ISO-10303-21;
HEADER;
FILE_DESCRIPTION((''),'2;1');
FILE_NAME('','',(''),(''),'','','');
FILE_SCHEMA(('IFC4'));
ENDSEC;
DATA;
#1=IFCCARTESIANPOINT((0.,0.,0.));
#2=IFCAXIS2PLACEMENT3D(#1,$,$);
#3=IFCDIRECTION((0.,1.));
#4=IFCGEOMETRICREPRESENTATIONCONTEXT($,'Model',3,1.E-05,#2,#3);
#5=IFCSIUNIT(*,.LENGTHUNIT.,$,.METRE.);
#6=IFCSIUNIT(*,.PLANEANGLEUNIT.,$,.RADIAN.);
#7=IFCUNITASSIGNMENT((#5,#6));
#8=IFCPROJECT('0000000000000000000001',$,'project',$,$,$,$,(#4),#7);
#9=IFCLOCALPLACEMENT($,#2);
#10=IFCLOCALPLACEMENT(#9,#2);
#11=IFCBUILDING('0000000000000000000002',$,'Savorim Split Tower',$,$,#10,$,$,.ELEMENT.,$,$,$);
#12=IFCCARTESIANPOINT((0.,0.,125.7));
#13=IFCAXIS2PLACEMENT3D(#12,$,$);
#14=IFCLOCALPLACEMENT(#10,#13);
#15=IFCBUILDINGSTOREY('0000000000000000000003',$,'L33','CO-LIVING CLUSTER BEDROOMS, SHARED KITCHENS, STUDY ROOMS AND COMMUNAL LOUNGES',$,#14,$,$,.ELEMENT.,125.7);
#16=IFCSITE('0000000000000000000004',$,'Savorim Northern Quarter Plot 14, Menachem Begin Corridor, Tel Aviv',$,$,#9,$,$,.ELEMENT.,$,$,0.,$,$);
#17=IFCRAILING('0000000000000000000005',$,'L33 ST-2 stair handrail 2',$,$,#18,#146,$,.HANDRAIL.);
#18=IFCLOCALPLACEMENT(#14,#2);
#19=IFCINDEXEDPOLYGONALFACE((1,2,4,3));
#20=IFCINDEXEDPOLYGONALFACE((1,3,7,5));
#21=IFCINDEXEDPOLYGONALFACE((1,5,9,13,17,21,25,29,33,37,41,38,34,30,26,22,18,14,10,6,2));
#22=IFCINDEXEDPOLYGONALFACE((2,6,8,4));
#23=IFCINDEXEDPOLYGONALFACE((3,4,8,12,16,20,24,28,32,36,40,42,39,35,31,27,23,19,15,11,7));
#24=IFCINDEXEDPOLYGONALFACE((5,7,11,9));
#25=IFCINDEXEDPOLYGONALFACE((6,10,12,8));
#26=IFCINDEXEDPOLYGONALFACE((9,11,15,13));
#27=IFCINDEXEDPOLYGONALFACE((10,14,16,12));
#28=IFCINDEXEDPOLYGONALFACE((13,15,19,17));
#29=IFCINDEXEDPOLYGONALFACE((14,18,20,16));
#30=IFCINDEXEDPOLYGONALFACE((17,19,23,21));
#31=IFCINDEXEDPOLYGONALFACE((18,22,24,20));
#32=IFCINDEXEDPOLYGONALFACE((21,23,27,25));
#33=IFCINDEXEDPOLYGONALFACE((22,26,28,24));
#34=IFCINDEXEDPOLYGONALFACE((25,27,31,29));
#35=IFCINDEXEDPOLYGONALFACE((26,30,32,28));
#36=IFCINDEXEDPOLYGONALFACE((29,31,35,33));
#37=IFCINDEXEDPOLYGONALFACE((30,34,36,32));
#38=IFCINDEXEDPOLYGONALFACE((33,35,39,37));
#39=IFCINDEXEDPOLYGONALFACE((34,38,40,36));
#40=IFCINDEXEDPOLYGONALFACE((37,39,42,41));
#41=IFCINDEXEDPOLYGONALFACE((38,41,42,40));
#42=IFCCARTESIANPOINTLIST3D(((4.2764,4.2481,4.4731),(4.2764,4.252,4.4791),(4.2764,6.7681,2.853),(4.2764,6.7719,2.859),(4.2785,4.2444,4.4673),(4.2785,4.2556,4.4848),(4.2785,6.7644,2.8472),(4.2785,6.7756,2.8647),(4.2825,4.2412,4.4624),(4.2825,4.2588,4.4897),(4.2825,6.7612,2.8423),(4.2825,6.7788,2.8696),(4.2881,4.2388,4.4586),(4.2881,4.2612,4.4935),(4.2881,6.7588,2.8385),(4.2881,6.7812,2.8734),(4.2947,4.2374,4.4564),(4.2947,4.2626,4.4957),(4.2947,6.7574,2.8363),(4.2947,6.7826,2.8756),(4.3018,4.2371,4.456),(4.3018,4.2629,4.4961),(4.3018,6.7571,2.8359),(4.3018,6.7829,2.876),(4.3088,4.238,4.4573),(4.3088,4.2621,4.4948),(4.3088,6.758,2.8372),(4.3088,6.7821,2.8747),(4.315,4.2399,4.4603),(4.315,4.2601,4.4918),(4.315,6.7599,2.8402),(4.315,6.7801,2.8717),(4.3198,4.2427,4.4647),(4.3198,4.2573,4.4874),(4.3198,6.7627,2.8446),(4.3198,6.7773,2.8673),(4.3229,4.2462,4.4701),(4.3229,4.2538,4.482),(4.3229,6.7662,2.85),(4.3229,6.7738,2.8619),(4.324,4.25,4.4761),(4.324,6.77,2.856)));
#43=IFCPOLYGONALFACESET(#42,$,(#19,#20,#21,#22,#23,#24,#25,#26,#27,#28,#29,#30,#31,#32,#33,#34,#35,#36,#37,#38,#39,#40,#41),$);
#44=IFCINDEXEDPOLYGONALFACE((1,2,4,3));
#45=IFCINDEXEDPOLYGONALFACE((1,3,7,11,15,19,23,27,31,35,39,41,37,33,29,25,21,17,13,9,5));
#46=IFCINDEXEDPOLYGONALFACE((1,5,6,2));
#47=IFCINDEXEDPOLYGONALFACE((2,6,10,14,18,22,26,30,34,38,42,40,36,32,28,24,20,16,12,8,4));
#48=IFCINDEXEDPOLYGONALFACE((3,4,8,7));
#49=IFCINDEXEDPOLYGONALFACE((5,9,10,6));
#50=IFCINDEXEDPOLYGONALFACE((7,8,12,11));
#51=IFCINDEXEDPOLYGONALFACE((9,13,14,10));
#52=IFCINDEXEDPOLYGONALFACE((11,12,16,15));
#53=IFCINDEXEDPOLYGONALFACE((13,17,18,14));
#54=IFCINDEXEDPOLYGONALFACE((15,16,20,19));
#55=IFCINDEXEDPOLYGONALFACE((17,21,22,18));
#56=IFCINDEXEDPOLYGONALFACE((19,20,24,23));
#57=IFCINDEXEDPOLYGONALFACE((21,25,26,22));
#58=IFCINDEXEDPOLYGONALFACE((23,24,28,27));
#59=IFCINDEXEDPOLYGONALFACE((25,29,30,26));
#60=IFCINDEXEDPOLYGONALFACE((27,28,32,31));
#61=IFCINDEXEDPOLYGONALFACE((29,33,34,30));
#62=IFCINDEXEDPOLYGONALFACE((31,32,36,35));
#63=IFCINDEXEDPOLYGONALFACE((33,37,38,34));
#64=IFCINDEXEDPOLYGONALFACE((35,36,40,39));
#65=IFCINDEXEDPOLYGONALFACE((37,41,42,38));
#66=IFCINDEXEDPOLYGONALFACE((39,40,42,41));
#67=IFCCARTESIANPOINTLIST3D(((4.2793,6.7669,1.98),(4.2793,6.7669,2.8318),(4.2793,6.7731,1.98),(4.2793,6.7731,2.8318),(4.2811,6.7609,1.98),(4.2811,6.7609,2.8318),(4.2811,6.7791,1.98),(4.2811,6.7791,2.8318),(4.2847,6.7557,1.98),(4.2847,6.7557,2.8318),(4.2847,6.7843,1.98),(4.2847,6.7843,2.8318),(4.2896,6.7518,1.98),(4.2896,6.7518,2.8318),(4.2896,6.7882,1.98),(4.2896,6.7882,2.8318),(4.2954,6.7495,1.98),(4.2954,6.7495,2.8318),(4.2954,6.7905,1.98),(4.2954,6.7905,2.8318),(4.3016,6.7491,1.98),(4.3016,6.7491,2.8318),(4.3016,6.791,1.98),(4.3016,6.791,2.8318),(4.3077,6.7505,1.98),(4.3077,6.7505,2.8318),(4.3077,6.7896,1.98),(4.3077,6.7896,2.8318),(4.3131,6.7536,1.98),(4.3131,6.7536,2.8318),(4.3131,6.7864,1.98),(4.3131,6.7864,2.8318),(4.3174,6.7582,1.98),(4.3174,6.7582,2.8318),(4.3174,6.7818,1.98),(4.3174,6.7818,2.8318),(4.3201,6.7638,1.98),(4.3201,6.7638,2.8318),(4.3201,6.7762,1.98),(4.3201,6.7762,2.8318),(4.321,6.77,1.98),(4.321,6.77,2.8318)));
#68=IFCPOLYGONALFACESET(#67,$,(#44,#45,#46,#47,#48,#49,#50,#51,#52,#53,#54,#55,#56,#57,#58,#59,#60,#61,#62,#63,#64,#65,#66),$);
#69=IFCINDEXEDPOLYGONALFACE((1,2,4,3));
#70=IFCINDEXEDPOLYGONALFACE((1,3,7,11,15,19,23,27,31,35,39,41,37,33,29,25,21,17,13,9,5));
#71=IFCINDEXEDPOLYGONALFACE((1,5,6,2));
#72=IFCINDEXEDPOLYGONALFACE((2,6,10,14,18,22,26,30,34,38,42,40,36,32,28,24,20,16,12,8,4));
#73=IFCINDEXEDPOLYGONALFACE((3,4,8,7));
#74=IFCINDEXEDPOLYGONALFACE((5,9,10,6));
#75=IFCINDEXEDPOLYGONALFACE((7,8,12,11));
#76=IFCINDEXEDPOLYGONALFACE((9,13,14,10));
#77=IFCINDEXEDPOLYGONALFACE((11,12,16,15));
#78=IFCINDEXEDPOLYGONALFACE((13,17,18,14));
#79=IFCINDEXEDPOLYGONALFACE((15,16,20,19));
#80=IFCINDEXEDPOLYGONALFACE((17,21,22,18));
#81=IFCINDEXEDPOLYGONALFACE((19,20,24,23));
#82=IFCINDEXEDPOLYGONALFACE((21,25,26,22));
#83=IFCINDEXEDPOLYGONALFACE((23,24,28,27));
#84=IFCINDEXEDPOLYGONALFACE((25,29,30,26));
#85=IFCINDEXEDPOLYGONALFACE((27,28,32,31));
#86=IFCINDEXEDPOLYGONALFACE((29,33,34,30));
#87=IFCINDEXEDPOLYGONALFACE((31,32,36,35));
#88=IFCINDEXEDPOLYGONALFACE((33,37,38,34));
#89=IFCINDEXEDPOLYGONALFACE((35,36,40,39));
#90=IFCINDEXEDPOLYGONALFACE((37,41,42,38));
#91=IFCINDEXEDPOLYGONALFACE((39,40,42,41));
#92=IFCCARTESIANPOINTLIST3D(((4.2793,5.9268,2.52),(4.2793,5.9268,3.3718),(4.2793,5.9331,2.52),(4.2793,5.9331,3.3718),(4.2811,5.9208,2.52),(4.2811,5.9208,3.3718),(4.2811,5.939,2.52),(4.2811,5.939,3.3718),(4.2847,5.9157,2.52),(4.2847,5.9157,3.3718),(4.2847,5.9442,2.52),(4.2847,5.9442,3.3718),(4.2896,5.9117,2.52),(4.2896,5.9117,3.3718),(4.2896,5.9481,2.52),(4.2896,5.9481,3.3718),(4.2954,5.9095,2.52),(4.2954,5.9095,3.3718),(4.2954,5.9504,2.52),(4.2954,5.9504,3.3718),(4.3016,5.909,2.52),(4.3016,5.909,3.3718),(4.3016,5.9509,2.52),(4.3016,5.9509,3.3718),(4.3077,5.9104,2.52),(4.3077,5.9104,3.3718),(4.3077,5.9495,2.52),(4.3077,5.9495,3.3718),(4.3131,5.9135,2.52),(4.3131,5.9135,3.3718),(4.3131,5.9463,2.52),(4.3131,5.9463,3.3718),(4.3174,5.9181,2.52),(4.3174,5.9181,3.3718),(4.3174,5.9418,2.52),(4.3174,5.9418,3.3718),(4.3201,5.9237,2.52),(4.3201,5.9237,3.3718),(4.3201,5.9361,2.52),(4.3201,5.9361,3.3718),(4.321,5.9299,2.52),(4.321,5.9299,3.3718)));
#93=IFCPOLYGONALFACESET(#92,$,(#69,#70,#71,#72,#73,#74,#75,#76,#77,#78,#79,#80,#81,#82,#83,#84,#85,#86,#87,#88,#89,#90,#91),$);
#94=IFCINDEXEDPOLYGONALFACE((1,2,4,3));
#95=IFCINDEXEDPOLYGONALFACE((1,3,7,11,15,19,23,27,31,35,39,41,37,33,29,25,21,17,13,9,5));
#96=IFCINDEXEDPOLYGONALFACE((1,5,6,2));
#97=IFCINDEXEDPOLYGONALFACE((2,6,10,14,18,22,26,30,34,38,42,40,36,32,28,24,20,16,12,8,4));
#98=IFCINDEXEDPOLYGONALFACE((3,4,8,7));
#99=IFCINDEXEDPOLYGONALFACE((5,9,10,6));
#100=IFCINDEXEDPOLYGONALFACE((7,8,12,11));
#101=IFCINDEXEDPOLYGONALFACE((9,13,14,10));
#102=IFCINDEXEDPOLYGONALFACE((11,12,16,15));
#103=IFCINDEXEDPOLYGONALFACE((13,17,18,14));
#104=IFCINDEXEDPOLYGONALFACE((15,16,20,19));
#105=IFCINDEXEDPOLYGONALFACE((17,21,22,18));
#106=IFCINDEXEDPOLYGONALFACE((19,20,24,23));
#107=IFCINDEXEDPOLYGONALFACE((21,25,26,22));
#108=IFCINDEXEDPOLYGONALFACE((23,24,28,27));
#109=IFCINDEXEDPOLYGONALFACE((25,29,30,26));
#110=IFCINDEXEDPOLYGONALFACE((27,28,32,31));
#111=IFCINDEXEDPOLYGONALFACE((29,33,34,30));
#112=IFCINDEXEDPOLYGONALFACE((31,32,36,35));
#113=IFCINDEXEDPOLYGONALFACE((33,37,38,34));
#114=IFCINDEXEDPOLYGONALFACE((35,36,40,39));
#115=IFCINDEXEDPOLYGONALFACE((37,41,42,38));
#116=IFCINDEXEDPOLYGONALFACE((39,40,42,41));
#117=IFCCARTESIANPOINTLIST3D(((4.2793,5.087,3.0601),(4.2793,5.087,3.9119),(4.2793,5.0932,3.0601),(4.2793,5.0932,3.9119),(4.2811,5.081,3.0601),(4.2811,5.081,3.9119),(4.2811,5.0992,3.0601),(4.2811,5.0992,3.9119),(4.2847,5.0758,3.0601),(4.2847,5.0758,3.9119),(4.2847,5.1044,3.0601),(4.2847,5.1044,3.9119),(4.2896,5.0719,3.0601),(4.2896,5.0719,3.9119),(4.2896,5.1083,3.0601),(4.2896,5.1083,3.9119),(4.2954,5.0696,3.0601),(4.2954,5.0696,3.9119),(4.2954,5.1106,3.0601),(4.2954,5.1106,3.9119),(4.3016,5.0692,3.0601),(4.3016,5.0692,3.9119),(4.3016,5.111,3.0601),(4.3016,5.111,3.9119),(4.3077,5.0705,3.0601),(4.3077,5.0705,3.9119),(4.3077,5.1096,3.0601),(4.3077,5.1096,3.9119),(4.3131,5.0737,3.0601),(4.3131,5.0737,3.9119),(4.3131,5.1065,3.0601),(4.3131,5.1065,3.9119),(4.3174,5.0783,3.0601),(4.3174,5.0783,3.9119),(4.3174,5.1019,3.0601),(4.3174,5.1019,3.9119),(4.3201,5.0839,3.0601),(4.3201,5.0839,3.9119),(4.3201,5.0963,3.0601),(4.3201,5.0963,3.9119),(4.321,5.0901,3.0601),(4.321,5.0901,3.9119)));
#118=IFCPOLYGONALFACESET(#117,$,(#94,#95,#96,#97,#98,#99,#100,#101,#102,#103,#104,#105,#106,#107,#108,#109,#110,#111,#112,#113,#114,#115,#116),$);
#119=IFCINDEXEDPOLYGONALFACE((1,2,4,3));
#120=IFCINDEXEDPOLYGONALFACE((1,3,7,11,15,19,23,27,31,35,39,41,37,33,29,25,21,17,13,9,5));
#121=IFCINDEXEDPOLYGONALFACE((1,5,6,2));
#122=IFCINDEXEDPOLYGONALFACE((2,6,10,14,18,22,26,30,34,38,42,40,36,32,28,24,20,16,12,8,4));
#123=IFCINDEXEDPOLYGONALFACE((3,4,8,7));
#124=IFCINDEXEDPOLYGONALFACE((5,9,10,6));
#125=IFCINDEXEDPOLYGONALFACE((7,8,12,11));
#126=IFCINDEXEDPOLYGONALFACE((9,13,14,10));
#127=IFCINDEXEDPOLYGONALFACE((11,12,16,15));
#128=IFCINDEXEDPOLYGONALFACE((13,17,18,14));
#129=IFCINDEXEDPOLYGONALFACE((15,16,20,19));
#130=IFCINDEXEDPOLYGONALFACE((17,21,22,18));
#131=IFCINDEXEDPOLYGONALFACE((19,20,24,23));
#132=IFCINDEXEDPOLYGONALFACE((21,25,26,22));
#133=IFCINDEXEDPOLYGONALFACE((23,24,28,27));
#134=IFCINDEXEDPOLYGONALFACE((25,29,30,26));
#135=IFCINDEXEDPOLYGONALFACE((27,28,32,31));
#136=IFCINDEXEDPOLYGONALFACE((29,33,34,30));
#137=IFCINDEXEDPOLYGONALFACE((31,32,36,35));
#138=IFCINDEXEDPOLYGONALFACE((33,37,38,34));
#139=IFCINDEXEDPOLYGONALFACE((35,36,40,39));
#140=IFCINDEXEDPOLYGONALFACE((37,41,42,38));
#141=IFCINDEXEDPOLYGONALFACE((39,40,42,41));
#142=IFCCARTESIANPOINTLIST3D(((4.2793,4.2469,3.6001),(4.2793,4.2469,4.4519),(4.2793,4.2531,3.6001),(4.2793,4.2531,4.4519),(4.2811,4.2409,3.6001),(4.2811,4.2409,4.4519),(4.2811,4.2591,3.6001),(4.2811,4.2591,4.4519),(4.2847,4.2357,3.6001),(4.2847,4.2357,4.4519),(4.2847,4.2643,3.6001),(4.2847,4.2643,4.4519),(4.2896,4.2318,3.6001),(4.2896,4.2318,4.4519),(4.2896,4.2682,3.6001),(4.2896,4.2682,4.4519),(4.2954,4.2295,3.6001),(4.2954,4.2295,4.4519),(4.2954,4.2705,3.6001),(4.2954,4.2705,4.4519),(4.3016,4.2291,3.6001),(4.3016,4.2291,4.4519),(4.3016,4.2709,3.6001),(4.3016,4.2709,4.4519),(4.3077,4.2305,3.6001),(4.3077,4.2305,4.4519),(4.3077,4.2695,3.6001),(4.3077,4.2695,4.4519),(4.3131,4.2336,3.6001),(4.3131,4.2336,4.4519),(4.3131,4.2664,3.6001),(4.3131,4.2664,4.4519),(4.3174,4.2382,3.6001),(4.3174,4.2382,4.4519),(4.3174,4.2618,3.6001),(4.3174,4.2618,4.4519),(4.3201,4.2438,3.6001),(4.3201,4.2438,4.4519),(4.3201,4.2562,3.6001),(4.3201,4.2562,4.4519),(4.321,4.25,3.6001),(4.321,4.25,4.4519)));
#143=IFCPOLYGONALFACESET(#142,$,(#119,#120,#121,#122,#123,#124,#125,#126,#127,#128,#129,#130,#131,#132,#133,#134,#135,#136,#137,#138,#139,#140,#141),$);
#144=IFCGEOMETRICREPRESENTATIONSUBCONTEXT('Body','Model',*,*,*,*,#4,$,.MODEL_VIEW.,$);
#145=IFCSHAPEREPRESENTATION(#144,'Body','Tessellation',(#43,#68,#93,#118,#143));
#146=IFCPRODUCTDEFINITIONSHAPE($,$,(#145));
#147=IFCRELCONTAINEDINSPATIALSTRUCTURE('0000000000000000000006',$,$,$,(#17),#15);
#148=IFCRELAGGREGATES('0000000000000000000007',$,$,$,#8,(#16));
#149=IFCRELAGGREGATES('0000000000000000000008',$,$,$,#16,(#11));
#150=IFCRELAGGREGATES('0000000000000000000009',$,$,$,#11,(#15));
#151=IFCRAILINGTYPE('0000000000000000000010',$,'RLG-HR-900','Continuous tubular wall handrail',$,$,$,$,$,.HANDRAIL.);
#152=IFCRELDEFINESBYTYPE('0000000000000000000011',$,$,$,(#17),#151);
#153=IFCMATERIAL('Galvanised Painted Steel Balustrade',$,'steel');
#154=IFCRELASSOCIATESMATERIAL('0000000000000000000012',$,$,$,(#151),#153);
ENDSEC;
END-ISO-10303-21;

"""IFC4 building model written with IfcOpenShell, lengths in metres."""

from ifc_helpers import new_model, si_unit, direction, frame, origin, origin_2d, place, context, subcontext, project, spatial, circle, extrude, material, type_object, element, save


model = new_model("IFC4")

# Units and contexts
model_context = context("Model", 3, precision=1e-05, world=origin(), true_north=direction((0.0, 1.0)))
body_context = subcontext(model_context, "Body", "Model", "MODEL_VIEW")
ifc_project = project(units=[si_unit("LENGTHUNIT", "METRE"), si_unit("PLANEANGLEUNIT", "RADIAN")], contexts=[model_context])

# Site, building, storey
site_placement = place(None, origin())
site = spatial("IfcSite", under=ifc_project, at=site_placement, Name="Savorim Northern Quarter Plot 14, Menachem Begin Corridor, Tel Aviv", CompositionType="ELEMENT", RefElevation=0.0)
building_placement = place(site_placement, origin())
building = spatial("IfcBuilding", under=site, at=building_placement, Name="Savorim Split Tower", CompositionType="ELEMENT")
storey_placement = place(building_placement, frame((0.0, 0.0, 125.7)))
storey = spatial("IfcBuildingStorey", under=building, at=storey_placement, Name="L33", Description="CO-LIVING CLUSTER BEDROOMS, SHARED KITCHENS, STUDY ROOMS AND COMMUNAL LOUNGES", CompositionType="ELEMENT", Elevation=125.7)

# Railing
ifc_material_1 = material(Name="Galvanised Painted Steel Balustrade", Category="steel")
railing_type_1 = type_object("IfcRailingType", Name="RLG-HR-900", Description="Continuous tubular wall handrail", PredefinedType="HANDRAIL", material=ifc_material_1)
railing_1_placement = place(storey_placement, frame((4.3, 6.77, 1.98)))
element("IfcRailing", 1, at=railing_1_placement, inside=storey, type_object=railing_type_1, Name="L33 ST-2 stair handrail 2", PredefinedType="HANDRAIL", context=body_context, shape_type="SweptSolid", body=[
    extrude(circle(Radius=0.0239, at=origin_2d()), frame((0.0, 0.0, 0.876), z_axis=(0.0, -0.841163, 0.540782), x_axis=(1.0, 0.0, 0.0)), (0.0, 0.0, 1.0), 2.9958),
    extrude(circle(Radius=0.021, at=origin_2d()), origin(), (0.0, 0.0, 1.0), 0.8518),
    extrude(circle(Radius=0.021, at=origin_2d()), frame((0.0, -0.8401, 0.54)), (0.0, 0.0, 1.0), 0.8518),
    extrude(circle(Radius=0.021, at=origin_2d()), frame((0.0, -1.6799, 1.0801)), (0.0, 0.0, 1.0), 0.8518),
    extrude(circle(Radius=0.021, at=origin_2d()), frame((0.0, -2.52, 1.6201)), (0.0, 0.0, 1.0), 0.8518),
])

save(model, "model.ifc")
